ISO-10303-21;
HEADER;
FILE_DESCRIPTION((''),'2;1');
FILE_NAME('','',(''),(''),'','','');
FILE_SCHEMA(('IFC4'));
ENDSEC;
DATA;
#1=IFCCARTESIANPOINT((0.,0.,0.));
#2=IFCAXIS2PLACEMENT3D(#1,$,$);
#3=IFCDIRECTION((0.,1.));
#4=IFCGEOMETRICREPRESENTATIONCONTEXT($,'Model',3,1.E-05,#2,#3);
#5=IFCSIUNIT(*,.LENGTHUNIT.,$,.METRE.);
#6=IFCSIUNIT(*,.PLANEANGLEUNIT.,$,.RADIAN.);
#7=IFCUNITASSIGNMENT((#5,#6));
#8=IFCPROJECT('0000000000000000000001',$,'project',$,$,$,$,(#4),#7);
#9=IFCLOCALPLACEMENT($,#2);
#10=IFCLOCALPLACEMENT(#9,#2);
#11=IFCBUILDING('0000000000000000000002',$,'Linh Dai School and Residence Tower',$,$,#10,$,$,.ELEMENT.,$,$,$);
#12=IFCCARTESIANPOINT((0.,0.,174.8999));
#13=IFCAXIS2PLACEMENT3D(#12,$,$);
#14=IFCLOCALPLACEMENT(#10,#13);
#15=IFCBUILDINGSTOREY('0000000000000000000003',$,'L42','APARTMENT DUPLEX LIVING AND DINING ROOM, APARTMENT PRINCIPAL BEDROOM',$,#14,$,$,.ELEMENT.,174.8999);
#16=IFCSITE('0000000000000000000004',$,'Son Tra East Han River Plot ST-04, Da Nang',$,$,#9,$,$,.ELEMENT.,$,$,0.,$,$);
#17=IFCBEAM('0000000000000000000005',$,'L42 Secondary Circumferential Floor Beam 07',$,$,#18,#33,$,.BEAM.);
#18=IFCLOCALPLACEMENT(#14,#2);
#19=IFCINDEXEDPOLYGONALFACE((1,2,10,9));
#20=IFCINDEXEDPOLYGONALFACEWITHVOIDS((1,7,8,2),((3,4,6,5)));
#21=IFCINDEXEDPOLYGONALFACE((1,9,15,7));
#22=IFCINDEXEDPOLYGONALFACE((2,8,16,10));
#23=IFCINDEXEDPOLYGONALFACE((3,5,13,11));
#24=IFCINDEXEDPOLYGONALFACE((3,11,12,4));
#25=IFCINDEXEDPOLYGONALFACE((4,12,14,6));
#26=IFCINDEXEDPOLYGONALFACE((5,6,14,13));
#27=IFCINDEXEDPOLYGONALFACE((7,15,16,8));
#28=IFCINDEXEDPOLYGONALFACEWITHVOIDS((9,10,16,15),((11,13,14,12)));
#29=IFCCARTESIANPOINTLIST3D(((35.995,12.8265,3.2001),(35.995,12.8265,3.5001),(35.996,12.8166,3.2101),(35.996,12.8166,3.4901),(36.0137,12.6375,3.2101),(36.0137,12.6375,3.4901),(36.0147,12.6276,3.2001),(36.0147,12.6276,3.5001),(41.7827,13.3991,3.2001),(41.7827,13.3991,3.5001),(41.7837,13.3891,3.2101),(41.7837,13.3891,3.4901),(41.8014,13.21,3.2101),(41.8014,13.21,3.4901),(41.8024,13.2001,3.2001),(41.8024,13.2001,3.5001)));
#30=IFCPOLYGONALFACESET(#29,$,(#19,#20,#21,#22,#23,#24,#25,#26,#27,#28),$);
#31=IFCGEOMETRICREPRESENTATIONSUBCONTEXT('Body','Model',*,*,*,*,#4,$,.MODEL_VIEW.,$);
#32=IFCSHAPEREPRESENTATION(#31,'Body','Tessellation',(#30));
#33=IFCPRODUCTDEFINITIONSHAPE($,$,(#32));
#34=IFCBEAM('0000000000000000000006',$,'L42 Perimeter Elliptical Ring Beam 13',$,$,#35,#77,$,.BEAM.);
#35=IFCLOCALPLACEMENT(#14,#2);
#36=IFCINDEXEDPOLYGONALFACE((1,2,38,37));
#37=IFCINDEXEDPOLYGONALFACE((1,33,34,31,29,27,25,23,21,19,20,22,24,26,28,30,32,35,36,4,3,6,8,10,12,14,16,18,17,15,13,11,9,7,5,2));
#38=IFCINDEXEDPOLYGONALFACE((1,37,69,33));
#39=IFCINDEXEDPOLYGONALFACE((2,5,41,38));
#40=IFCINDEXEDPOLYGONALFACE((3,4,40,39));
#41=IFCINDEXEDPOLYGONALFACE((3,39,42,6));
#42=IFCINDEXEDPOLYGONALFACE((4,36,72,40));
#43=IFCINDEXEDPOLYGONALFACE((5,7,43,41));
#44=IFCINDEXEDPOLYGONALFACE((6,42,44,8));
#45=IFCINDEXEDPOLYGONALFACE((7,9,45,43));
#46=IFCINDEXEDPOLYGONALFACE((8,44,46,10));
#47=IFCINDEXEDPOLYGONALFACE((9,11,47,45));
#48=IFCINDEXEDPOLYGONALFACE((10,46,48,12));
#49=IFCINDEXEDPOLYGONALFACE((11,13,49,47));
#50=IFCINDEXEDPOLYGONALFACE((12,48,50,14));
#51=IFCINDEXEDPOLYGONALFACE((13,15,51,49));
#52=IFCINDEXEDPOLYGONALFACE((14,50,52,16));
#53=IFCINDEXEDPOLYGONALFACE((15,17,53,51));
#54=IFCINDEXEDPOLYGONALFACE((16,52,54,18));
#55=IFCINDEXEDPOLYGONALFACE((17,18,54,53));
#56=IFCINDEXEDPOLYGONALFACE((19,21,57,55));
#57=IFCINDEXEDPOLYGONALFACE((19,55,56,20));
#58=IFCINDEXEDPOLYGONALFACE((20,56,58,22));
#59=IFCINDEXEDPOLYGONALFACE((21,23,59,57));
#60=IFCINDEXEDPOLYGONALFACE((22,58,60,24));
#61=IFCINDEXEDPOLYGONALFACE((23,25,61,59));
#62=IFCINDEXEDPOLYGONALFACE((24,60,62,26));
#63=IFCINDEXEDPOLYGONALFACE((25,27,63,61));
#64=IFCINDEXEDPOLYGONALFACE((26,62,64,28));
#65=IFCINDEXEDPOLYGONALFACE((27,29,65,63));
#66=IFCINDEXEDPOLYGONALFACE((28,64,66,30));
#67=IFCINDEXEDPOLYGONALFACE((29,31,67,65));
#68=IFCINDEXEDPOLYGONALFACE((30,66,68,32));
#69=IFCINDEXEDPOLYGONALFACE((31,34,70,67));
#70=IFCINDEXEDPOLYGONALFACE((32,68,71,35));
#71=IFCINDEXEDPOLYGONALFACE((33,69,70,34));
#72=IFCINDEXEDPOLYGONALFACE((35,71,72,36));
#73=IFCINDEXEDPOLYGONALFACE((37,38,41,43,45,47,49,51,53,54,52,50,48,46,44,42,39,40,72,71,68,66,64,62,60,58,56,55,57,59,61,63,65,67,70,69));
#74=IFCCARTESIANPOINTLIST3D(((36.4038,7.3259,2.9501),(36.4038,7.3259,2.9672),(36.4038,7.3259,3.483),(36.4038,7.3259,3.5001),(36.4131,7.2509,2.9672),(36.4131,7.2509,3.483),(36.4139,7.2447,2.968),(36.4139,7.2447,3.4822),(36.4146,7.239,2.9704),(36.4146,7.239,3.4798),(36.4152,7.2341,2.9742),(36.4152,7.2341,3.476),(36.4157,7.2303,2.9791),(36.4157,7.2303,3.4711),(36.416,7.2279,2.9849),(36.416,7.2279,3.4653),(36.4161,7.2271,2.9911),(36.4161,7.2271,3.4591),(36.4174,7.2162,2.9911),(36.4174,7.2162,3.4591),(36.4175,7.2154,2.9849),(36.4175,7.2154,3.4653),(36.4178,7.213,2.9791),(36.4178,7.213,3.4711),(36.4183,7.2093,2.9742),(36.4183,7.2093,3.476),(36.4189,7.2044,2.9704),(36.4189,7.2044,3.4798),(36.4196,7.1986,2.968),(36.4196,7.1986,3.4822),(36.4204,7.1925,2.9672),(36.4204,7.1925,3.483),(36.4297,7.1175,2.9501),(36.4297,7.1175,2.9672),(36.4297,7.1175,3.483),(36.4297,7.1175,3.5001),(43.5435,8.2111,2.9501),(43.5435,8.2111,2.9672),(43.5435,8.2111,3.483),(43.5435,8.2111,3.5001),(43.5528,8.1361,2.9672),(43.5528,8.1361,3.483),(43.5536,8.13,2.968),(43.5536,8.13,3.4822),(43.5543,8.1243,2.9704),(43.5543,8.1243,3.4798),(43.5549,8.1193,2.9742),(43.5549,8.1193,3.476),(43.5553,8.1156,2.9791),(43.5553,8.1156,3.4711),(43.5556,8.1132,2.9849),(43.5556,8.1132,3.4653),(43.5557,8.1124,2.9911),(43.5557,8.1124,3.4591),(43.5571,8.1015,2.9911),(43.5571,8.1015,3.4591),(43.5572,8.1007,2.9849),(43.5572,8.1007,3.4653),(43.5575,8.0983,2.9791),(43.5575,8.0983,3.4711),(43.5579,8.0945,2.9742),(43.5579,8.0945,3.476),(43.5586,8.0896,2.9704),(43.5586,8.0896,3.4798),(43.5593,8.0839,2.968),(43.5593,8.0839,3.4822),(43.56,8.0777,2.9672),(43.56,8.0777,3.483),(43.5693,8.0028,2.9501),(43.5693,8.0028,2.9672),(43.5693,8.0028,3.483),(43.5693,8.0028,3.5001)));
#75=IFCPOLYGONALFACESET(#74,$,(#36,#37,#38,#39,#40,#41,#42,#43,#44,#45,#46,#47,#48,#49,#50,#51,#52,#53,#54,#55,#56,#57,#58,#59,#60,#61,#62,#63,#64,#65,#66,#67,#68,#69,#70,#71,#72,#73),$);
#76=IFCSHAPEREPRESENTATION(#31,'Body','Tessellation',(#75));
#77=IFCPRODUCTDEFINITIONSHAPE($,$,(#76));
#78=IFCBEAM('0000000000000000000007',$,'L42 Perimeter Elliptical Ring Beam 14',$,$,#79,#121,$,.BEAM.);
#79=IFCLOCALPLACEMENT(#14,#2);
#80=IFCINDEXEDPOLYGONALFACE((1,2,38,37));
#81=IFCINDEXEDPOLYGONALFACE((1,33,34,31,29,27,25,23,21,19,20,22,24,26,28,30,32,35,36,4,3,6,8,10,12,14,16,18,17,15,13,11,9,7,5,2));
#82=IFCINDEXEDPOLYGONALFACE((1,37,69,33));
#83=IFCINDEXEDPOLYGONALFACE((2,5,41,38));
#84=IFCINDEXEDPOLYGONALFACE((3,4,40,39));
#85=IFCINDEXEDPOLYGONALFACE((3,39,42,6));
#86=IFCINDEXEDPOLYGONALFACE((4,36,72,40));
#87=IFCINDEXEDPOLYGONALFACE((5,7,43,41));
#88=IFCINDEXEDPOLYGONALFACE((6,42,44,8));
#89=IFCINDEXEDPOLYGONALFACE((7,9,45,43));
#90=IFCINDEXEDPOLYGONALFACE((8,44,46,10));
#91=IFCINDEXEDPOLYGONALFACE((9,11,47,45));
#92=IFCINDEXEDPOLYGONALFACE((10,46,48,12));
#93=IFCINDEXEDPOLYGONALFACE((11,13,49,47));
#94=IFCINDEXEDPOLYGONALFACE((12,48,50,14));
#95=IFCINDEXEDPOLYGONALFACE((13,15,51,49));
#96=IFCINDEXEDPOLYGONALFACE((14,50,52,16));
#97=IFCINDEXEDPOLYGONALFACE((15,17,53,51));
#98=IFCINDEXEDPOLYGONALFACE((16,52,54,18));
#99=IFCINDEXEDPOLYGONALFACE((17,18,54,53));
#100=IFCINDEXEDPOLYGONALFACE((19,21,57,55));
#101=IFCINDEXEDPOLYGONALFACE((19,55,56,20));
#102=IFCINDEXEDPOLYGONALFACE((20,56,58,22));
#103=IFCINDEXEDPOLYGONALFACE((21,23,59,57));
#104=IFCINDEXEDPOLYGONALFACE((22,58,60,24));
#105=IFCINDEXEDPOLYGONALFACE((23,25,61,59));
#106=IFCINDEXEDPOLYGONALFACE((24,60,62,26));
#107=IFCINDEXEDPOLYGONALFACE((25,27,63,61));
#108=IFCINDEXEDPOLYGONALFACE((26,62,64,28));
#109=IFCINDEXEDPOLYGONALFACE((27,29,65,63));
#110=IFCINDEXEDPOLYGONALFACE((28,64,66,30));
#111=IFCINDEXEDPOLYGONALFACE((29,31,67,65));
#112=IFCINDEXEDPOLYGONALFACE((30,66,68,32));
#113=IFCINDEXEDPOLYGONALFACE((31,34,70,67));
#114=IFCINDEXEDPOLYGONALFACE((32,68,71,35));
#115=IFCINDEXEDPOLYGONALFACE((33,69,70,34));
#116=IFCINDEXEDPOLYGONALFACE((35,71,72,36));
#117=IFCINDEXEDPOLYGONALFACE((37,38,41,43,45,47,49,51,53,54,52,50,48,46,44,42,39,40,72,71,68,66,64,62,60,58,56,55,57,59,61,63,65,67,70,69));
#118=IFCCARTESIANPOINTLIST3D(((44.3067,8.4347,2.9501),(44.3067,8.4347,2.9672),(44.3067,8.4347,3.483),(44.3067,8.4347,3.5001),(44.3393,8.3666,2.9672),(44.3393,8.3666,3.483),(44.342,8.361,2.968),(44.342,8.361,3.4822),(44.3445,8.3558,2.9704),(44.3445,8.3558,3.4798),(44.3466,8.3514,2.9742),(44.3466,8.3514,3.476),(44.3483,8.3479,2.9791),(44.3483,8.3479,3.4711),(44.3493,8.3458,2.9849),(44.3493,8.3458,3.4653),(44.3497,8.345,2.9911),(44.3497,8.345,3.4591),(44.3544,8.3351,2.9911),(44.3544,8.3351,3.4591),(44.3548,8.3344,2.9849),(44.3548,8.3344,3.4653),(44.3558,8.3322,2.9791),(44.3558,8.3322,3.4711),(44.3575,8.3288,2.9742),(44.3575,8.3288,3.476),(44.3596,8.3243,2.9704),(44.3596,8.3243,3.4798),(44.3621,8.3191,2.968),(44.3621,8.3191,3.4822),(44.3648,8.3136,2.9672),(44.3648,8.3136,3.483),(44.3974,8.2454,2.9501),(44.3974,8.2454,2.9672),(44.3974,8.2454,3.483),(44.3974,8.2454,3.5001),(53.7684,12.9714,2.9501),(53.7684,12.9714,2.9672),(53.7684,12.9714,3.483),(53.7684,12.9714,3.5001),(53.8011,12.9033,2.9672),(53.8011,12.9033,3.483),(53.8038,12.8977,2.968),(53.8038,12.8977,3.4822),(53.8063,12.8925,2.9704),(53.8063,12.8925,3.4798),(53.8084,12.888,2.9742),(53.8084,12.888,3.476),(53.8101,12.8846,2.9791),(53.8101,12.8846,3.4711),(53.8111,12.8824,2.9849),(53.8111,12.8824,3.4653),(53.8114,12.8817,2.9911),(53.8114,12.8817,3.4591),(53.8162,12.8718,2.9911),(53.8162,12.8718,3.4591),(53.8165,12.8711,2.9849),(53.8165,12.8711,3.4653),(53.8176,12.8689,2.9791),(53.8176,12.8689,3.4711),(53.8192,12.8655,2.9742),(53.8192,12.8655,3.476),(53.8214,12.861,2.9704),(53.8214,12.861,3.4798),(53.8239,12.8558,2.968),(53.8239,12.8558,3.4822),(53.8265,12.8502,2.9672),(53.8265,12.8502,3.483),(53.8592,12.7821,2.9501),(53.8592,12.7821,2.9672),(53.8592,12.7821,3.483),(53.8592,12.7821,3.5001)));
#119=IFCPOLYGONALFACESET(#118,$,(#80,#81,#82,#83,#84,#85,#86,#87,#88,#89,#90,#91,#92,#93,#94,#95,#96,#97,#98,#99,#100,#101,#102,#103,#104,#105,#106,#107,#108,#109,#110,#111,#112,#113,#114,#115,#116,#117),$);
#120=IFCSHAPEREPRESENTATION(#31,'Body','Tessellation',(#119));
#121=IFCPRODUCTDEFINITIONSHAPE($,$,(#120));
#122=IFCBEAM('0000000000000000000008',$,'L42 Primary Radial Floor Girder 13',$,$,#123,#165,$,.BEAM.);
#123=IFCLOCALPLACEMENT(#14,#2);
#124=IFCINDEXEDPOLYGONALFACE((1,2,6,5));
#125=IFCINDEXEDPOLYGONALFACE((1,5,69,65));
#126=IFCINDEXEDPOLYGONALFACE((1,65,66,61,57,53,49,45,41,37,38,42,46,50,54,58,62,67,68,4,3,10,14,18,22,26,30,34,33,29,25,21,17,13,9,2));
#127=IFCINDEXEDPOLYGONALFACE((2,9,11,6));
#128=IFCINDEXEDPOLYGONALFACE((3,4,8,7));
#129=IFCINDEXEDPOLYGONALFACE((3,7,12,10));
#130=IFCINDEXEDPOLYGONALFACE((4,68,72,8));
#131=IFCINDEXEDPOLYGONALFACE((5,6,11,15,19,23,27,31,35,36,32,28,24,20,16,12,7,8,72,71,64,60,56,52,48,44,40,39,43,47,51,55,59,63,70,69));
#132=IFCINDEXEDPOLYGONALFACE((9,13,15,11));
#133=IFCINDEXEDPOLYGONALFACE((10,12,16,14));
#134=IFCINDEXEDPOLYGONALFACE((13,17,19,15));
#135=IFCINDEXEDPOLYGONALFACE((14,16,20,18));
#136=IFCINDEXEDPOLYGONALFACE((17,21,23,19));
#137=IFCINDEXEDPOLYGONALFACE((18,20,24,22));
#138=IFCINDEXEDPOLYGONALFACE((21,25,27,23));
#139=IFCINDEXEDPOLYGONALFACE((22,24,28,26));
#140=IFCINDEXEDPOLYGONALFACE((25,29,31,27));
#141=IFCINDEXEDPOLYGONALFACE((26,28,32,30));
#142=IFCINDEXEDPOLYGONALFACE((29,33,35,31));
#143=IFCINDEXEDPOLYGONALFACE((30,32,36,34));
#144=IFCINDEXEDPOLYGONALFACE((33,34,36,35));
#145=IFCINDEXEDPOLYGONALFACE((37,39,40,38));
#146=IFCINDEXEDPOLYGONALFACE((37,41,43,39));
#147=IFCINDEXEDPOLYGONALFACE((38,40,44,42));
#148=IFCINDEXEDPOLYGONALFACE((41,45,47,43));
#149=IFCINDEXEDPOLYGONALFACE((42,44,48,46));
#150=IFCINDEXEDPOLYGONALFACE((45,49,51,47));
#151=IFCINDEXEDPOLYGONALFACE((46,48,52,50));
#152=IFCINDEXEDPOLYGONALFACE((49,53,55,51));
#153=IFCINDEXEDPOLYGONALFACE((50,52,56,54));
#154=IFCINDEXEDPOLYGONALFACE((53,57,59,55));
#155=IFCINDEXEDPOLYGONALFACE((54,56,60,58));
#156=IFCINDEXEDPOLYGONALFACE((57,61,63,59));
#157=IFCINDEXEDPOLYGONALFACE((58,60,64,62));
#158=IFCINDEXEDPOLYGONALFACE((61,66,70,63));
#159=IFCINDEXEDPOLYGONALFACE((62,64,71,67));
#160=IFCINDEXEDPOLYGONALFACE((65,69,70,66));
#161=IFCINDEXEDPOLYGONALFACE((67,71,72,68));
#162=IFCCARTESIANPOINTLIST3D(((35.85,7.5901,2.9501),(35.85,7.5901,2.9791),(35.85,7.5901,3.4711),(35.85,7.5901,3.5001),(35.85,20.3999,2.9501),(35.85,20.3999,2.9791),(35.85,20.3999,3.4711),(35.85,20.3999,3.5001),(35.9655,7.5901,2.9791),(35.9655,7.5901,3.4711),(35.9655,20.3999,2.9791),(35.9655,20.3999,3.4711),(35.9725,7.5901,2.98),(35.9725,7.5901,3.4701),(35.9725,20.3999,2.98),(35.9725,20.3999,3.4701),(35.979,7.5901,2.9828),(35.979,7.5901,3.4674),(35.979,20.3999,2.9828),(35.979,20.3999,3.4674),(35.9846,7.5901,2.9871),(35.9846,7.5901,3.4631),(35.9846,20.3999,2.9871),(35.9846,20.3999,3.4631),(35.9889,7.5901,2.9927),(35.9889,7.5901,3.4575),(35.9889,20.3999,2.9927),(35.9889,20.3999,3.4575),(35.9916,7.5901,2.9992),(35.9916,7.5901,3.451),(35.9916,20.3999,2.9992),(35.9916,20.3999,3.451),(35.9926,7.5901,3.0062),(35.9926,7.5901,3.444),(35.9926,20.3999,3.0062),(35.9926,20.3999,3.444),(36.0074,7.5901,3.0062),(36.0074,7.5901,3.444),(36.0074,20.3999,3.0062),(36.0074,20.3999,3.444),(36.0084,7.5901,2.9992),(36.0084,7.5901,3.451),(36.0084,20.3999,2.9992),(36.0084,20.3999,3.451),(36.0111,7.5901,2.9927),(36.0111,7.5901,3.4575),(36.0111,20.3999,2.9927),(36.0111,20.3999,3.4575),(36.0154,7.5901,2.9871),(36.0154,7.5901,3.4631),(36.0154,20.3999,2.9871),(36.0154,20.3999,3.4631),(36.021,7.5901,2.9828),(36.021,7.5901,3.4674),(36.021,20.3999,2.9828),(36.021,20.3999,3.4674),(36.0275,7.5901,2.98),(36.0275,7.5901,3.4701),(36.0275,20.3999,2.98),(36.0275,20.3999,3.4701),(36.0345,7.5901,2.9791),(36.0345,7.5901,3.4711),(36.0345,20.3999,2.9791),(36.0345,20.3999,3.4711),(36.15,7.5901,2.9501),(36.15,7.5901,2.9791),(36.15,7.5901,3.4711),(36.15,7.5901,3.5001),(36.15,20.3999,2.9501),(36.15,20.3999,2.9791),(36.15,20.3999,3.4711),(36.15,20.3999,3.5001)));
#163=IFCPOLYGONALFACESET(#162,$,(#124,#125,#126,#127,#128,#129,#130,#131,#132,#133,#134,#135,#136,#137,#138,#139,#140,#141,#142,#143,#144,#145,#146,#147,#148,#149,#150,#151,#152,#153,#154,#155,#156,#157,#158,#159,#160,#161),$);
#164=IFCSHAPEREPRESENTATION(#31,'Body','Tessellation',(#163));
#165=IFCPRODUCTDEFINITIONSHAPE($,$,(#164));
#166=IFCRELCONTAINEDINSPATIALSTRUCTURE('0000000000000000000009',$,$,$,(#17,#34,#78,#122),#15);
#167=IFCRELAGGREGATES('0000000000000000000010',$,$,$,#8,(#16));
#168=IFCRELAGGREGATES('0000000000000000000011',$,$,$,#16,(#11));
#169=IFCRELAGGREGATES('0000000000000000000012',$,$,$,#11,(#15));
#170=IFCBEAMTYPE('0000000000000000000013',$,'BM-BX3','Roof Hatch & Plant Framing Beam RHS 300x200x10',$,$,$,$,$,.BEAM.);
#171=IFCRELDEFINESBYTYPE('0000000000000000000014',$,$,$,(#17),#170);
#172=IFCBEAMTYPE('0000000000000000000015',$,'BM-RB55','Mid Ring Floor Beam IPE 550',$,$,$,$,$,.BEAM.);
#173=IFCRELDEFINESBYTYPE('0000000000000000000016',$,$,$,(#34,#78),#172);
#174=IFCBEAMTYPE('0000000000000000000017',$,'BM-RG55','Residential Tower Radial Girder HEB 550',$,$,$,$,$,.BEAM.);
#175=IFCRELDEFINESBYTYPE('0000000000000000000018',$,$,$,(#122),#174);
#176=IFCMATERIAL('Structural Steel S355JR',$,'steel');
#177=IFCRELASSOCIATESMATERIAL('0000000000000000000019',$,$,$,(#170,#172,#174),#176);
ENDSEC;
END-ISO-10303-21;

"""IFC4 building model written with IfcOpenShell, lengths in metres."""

from ifc_helpers import new_model, si_unit, direction, frame, origin, origin_2d, place, context, subcontext, project, spatial, hollow_rectangle, i_section, extrude, material, material_profile, profile_set, type_object, element, save


model = new_model("IFC4")

# Units and contexts
model_context = context("Model", 3, precision=1e-05, world=origin(), true_north=direction((0.0, 1.0)))
body_context = subcontext(model_context, "Body", "Model", "MODEL_VIEW")
ifc_project = project(units=[si_unit("LENGTHUNIT", "METRE"), si_unit("PLANEANGLEUNIT", "RADIAN")], contexts=[model_context])

# Site, building, storey
site_placement = place(None, origin())
site = spatial("IfcSite", under=ifc_project, at=site_placement, Name="Son Tra East Han River Plot ST-04, Da Nang", CompositionType="ELEMENT", RefElevation=0.0)
building_placement = place(site_placement, origin())
building = spatial("IfcBuilding", under=site, at=building_placement, Name="Linh Dai School and Residence Tower", CompositionType="ELEMENT")
storey_placement = place(building_placement, frame((0.0, 0.0, 174.8999)))
storey = spatial("IfcBuildingStorey", under=building, at=storey_placement, Name="L42", Description="APARTMENT DUPLEX LIVING AND DINING ROOM, APARTMENT PRINCIPAL BEDROOM", CompositionType="ELEMENT", Elevation=174.8999)

# Shared definitions
ifc_material_1 = material(Name="Structural Steel S355JR", Category="steel")

# Beams
ifc_material_profile_1 = material_profile(ifc_material_1, hollow_rectangle(XDim=0.2, YDim=0.3, WallThickness=0.01, at=origin_2d()), Name="RHS 300x200x10")
ifc_profile_set_1 = profile_set([ifc_material_profile_1], Name="Structural Steel S355JR")
beam_type_1 = type_object("IfcBeamType", Name="BM-BX3", Description="Roof Hatch & Plant Framing Beam RHS 300x200x10", PredefinedType="BEAM", material=ifc_profile_set_1)
beam_1_placement = place(storey_placement, frame((36.0049, 12.7271, 3.3501), z_axis=(0.995143, 0.09844, 0.0), x_axis=(-0.09844, 0.995143, 0.0)))
element("IfcBeam", 1, at=beam_1_placement, inside=storey, type_object=beam_type_1, Name="L42 Secondary Circumferential Floor Beam 07", PredefinedType="BEAM", context=body_context, shape_type="SweptSolid", body=[
    extrude(hollow_rectangle(XDim=0.2, YDim=0.3, WallThickness=0.01, at=origin_2d()), origin(), (0.0, 0.0, 1.0), 5.8159),
])
ifc_material_profile_2 = material_profile(ifc_material_1, i_section(OverallWidth=0.21, OverallDepth=0.55, WebThickness=0.011, FlangeThickness=0.0171, FilletRadius=0.0239, at=origin_2d()), Name="IPE 550")
ifc_profile_set_2 = profile_set([ifc_material_profile_2], Name="Structural Steel S355JR")
beam_type_2 = type_object("IfcBeamType", Name="BM-RB55", Description="Mid Ring Floor Beam IPE 550", PredefinedType="BEAM", material=ifc_profile_set_2)
beam_2_placement = place(storey_placement, frame((36.4167, 7.2217, 3.2251), z_axis=(0.992401, 0.123049, 0.0), x_axis=(-0.123049, 0.992401, 0.0)))
element("IfcBeam", 2, at=beam_2_placement, inside=storey, type_object=beam_type_2, Name="L42 Perimeter Elliptical Ring Beam 13", PredefinedType="BEAM", context=body_context, shape_type="SweptSolid", body=[
    extrude(i_section(OverallWidth=0.21, OverallDepth=0.55, WebThickness=0.011, FlangeThickness=0.0171, FilletRadius=0.0239, at=origin_2d()), origin(), (0.0, 0.0, 1.0), 7.1943),
])
beam_3_placement = place(storey_placement, frame((44.3521, 8.3401, 3.2251), z_axis=(0.901708, 0.432345, 0.0), x_axis=(-0.432345, 0.901708, 0.0)))
element("IfcBeam", 3, at=beam_3_placement, inside=storey, type_object=beam_type_2, Name="L42 Perimeter Elliptical Ring Beam 14", PredefinedType="BEAM", context=body_context, shape_type="SweptSolid", body=[
    extrude(i_section(OverallWidth=0.21, OverallDepth=0.55, WebThickness=0.011, FlangeThickness=0.0171, FilletRadius=0.0239, at=origin_2d()), origin(), (0.0, 0.0, 1.0), 10.4932),
])
ifc_material_profile_3 = material_profile(ifc_material_1, i_section(OverallWidth=0.3, OverallDepth=0.55, WebThickness=0.0149, FlangeThickness=0.0291, FilletRadius=0.0271, at=origin_2d()), Name="HEB 550")
ifc_profile_set_3 = profile_set([ifc_material_profile_3], Name="Structural Steel S355JR")
beam_type_3 = type_object("IfcBeamType", Name="BM-RG55", Description="Residential Tower Radial Girder HEB 550", PredefinedType="BEAM", material=ifc_profile_set_3)
beam_4_placement = place(storey_placement, frame((36.0, 20.3999, 3.2251), z_axis=(0.0, -1.0, 0.0), x_axis=(1.0, 0.0, 0.0)))
element("IfcBeam", 4, at=beam_4_placement, inside=storey, type_object=beam_type_3, Name="L42 Primary Radial Floor Girder 13", PredefinedType="BEAM", context=body_context, shape_type="SweptSolid", body=[
    extrude(i_section(OverallWidth=0.3, OverallDepth=0.55, WebThickness=0.0149, FlangeThickness=0.0291, FilletRadius=0.0271, at=origin_2d()), origin(), (0.0, 0.0, 1.0), 12.8098),
])

save(model, "model.ifc")
